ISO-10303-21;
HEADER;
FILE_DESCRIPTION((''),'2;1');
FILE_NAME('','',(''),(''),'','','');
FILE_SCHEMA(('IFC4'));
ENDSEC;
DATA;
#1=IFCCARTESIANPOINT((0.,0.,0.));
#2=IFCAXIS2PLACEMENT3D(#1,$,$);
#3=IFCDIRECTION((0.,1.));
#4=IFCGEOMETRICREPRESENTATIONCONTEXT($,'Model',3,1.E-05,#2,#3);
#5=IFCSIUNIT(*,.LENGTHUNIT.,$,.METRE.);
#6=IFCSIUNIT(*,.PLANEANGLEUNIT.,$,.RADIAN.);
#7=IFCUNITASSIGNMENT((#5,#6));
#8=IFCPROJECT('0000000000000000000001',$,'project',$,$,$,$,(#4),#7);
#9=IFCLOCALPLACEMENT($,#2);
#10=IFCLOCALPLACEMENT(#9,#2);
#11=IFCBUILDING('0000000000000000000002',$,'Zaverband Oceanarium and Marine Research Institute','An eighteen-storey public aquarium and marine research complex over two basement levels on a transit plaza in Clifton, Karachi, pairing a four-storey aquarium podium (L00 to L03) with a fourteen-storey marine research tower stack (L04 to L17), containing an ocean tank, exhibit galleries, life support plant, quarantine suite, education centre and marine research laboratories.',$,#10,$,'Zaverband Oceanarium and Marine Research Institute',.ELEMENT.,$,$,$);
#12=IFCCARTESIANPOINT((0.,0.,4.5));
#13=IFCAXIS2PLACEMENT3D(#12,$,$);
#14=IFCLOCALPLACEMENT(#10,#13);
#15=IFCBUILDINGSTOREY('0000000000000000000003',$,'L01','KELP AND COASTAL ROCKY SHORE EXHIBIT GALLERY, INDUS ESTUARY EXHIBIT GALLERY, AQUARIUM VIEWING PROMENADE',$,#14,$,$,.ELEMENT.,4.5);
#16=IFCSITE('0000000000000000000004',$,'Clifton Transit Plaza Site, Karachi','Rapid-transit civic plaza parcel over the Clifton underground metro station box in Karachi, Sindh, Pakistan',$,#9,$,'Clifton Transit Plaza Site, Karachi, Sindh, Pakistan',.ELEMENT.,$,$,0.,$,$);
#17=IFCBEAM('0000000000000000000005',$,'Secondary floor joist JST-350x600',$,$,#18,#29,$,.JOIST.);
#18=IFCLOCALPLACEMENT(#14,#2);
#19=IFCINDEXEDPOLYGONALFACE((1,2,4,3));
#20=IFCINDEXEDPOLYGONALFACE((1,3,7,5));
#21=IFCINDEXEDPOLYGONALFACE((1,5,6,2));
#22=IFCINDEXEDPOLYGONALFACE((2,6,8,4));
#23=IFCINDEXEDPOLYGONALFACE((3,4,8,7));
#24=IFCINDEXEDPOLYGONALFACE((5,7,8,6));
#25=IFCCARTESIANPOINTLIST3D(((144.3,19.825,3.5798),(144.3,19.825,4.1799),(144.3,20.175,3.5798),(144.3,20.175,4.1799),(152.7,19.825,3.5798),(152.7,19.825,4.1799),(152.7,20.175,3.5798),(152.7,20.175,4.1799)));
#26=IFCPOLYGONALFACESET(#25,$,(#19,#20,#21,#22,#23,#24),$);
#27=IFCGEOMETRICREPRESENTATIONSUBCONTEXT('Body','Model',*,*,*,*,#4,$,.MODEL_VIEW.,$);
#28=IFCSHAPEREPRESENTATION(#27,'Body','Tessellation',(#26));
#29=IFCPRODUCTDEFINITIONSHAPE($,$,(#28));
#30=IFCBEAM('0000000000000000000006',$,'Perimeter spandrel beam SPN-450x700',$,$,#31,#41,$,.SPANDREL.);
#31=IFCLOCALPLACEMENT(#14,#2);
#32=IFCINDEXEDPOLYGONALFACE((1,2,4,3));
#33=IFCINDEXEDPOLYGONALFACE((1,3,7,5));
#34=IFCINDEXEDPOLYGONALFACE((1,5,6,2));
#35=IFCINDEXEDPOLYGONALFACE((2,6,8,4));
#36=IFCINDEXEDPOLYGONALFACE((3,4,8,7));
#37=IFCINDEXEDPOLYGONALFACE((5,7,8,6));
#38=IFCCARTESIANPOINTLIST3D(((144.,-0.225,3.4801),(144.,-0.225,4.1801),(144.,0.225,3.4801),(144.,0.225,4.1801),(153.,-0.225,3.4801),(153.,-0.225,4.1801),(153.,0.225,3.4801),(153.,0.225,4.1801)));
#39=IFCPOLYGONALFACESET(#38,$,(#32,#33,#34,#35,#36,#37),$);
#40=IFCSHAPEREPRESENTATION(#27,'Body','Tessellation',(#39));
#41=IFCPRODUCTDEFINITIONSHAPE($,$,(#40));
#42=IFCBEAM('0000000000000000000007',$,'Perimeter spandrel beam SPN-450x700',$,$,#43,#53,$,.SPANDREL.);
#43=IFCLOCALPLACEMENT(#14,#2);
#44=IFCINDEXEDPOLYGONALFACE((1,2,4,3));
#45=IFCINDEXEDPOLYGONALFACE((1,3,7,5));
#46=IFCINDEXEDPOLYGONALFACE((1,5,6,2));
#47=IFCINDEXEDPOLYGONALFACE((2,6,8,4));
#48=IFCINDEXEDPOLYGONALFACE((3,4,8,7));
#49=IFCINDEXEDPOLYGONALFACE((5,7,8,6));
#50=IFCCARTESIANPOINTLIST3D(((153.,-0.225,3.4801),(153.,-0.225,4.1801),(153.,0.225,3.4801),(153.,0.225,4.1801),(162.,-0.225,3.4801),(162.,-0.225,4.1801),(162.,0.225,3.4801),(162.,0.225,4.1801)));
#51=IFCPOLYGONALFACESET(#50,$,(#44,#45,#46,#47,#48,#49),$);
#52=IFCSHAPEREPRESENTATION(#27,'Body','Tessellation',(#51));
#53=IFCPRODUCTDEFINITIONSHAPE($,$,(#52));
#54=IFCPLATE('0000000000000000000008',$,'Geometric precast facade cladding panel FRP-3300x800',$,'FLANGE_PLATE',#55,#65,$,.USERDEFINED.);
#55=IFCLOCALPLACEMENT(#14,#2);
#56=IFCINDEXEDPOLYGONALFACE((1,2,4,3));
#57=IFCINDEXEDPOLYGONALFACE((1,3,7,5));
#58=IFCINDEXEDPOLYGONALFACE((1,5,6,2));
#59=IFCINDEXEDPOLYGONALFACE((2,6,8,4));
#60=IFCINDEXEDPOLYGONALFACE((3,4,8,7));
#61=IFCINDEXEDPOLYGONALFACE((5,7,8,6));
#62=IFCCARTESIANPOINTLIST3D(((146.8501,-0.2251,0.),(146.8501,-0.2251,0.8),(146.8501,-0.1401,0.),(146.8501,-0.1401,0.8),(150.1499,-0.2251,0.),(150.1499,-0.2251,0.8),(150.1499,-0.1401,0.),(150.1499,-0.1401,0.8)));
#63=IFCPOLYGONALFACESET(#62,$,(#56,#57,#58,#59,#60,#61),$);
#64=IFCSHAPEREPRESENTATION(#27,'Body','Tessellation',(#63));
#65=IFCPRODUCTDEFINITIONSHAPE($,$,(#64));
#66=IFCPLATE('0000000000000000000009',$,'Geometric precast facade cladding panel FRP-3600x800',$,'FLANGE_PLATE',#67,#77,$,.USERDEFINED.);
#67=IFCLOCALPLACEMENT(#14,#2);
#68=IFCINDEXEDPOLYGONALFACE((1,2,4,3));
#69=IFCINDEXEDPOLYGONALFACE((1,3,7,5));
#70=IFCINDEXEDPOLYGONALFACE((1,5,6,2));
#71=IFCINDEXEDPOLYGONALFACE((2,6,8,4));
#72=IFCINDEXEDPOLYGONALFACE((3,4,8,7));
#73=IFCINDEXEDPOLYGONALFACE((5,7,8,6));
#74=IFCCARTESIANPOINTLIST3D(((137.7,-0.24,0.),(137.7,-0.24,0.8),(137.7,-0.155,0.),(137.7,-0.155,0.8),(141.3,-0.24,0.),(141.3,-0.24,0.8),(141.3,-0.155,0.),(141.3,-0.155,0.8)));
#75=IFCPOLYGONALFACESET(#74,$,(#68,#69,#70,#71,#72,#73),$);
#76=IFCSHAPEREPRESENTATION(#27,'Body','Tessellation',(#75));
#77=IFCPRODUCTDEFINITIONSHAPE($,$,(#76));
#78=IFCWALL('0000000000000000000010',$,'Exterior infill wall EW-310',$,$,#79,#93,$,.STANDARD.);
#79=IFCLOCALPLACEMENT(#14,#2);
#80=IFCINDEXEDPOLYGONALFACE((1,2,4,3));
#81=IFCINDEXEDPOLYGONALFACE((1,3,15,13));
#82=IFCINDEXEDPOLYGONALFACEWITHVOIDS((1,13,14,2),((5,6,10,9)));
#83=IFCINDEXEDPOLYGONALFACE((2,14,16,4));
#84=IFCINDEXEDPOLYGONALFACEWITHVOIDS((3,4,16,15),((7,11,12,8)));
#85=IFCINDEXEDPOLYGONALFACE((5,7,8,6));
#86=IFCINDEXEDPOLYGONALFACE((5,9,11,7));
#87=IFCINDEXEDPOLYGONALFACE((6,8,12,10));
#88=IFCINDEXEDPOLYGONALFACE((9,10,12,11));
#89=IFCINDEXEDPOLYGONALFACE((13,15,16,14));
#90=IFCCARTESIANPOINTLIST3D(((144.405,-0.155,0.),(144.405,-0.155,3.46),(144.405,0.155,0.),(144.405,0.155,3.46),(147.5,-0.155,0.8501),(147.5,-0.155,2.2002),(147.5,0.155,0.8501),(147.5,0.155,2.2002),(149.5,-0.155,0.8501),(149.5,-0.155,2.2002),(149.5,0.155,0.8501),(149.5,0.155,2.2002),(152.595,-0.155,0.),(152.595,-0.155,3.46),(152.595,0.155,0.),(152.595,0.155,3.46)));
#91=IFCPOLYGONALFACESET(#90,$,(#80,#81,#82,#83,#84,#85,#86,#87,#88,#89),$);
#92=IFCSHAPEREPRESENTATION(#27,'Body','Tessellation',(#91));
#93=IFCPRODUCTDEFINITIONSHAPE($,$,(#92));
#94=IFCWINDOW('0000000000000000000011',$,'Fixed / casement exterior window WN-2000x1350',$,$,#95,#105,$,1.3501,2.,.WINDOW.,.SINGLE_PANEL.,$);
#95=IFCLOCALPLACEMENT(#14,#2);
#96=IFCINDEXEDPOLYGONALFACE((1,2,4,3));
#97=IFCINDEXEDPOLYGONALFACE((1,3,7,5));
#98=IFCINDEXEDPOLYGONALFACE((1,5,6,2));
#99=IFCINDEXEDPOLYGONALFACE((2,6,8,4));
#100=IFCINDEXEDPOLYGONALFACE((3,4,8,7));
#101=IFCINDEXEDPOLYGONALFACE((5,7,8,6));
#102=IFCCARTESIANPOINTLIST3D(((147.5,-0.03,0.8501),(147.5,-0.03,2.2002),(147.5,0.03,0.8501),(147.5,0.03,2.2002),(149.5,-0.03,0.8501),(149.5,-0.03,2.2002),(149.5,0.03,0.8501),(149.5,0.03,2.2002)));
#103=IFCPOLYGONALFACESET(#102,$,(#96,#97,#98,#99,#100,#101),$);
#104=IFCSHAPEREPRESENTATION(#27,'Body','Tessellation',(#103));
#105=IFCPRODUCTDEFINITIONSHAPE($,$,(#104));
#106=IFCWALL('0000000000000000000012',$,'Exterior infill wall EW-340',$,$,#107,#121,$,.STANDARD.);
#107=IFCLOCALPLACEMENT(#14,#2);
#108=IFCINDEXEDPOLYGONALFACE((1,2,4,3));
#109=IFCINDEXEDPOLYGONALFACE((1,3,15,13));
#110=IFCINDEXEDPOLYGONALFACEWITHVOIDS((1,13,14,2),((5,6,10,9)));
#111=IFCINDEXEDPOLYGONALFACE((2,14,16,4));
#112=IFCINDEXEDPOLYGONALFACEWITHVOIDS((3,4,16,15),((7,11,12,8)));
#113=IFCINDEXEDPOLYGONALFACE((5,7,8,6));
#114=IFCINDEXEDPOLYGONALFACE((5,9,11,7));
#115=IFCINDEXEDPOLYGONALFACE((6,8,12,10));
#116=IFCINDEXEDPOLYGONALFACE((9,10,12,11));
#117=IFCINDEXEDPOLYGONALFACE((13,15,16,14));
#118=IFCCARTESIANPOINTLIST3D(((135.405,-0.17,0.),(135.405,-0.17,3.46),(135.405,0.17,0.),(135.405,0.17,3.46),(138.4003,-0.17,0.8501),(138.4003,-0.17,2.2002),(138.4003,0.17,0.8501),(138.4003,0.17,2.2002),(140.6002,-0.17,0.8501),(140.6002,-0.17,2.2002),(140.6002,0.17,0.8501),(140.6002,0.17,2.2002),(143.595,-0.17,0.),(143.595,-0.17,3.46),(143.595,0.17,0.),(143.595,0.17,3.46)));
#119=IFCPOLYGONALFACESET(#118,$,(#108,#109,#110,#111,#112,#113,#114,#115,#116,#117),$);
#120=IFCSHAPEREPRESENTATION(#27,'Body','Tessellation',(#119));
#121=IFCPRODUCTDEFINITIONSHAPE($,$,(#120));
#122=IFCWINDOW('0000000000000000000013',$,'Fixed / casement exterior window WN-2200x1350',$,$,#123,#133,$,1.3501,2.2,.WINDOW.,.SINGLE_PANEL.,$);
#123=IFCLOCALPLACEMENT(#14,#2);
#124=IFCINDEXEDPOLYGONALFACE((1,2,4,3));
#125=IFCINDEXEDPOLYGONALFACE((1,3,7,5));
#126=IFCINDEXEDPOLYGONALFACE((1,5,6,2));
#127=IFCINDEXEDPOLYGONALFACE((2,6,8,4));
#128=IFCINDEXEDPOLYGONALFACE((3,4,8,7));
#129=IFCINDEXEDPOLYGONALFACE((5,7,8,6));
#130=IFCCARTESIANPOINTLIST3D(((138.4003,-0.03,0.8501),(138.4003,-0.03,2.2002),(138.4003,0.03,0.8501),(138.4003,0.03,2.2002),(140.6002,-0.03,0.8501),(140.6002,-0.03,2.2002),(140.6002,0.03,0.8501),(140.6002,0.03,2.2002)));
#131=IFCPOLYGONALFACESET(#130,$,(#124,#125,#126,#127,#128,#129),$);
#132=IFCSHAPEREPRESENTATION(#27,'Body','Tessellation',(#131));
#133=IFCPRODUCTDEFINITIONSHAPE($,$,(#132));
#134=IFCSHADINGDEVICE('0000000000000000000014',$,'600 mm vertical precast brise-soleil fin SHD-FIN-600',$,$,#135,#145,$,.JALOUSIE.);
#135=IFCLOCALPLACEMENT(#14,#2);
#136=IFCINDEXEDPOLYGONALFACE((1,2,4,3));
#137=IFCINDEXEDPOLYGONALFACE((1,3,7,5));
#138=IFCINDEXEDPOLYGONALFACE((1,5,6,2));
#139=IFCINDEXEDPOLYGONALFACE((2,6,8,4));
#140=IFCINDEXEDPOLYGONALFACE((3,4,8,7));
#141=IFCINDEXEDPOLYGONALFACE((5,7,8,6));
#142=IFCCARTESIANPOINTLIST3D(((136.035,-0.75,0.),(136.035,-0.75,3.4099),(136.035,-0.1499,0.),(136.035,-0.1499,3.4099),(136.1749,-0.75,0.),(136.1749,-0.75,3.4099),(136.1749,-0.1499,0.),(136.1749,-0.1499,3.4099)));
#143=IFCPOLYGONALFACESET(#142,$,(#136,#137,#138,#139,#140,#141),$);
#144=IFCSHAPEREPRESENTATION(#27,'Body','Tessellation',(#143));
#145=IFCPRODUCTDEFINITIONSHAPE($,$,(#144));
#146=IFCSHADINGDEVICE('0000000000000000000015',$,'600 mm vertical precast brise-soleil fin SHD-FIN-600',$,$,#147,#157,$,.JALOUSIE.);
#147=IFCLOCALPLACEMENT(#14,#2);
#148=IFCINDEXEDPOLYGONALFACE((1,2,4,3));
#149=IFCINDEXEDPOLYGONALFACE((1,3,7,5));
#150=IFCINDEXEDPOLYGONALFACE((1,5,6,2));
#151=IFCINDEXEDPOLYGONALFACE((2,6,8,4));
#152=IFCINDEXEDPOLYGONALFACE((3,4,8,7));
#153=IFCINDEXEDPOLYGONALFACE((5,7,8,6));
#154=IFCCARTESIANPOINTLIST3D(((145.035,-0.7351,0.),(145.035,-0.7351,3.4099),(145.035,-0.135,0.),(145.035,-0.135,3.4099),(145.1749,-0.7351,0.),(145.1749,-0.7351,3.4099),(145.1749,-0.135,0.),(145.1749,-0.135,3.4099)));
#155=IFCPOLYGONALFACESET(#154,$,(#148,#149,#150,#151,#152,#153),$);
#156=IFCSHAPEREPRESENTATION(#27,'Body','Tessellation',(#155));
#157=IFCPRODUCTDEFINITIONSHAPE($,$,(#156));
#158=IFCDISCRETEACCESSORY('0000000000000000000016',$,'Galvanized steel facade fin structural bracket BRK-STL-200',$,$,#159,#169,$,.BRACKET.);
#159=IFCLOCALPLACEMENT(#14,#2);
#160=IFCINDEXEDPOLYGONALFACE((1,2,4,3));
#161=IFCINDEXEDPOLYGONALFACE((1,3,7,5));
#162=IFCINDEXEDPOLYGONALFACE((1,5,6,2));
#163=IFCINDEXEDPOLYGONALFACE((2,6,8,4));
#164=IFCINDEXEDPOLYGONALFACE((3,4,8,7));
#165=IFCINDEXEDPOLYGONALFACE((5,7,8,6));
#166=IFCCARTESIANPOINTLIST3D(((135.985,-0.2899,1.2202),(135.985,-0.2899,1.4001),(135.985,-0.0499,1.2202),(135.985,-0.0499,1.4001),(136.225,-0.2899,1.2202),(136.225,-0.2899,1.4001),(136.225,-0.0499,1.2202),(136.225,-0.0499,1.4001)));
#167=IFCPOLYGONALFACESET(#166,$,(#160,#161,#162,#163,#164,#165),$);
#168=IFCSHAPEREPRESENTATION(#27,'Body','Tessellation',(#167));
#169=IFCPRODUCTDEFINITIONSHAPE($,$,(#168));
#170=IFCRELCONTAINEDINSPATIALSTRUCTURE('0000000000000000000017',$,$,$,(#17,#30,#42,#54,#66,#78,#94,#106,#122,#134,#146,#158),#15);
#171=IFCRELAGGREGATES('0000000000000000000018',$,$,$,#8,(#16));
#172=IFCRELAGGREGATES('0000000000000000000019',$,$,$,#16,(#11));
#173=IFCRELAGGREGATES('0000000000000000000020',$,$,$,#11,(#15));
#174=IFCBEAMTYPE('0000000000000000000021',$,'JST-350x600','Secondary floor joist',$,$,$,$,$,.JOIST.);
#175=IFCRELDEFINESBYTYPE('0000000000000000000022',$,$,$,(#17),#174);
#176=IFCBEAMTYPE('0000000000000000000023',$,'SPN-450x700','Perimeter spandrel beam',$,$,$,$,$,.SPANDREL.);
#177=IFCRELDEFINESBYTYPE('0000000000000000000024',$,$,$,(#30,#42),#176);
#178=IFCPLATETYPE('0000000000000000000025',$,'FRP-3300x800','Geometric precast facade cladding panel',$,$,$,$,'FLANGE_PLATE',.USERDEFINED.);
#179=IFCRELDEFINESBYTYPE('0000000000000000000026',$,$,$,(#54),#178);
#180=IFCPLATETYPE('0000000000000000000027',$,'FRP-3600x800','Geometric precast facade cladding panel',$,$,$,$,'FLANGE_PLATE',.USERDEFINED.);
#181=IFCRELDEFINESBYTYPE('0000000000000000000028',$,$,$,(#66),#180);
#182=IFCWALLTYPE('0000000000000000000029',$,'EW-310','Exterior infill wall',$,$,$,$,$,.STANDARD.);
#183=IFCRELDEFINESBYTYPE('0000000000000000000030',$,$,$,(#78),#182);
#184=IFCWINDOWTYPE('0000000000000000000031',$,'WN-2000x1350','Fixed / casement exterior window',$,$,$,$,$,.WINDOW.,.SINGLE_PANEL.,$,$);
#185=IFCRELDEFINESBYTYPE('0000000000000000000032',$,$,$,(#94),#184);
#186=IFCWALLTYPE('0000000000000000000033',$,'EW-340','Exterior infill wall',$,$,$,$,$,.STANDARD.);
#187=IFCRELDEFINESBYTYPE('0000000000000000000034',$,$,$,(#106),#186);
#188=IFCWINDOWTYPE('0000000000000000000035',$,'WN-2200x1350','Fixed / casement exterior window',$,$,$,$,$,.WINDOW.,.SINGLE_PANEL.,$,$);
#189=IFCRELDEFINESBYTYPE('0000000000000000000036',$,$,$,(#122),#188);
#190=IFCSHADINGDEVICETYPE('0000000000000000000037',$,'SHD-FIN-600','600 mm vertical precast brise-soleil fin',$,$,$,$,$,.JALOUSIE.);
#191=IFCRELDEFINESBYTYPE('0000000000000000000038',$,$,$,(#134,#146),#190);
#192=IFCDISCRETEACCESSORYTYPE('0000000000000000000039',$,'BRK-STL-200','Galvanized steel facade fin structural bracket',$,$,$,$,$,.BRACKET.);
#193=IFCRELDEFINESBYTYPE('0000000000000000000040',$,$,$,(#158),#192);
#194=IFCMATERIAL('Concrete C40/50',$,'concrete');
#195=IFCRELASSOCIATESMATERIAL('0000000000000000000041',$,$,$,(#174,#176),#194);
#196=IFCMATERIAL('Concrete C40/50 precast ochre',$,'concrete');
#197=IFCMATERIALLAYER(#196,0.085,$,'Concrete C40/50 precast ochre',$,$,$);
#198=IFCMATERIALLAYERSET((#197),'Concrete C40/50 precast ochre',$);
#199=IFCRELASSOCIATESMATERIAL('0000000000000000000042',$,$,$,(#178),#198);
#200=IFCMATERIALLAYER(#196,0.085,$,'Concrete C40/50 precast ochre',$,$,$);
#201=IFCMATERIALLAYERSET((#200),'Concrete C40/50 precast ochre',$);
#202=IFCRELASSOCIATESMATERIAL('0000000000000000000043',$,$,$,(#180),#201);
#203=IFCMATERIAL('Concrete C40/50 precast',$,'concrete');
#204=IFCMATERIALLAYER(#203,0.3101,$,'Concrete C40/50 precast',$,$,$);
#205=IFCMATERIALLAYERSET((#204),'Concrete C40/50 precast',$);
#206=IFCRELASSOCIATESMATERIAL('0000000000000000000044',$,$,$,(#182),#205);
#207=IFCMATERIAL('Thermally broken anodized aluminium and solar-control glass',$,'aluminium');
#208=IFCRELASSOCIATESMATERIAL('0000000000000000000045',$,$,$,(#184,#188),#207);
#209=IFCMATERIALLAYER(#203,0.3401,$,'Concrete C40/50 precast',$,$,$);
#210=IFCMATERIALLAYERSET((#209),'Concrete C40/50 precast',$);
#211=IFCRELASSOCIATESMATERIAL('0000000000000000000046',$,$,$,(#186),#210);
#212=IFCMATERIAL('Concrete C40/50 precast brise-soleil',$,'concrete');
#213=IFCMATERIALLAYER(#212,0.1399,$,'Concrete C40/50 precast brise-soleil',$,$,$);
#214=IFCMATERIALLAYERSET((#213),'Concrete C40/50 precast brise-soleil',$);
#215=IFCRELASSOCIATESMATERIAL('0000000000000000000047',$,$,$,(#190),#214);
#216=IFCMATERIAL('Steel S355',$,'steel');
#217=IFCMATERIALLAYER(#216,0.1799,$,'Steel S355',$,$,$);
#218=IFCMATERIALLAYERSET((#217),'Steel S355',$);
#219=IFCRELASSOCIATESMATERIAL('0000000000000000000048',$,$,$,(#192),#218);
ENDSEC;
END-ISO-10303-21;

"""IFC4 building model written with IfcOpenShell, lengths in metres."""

from ifc_helpers import new_model, si_unit, direction, frame, frame_2d, origin, origin_2d, place, context, subcontext, project, spatial, rectangle, extrude, material, layer, layer_set, material_profile, profile_set, type_object, element, fill, save


model = new_model("IFC4")

# Units and contexts
model_context = context("Model", 3, precision=1e-05, world=origin(), true_north=direction((0.0, 1.0)))
body_context = subcontext(model_context, "Body", "Model", "MODEL_VIEW")
ifc_project = project(units=[si_unit("LENGTHUNIT", "METRE"), si_unit("PLANEANGLEUNIT", "RADIAN")], contexts=[model_context])

# Site, building, storey
site_placement = place(None, origin())
site = spatial("IfcSite", under=ifc_project, at=site_placement, Name="Clifton Transit Plaza Site, Karachi", Description="Rapid-transit civic plaza parcel over the Clifton underground metro station box in Karachi, Sindh, Pakistan", LongName="Clifton Transit Plaza Site, Karachi, Sindh, Pakistan", CompositionType="ELEMENT", RefElevation=0.0)
building_placement = place(site_placement, origin())
building = spatial("IfcBuilding", under=site, at=building_placement, Name="Zaverband Oceanarium and Marine Research Institute", Description="An eighteen-storey public aquarium and marine research complex over two basement levels on a transit plaza in Clifton, Karachi, pairing a four-storey aquarium podium (L00 to L03) with a fourteen-storey marine research tower stack (L04 to L17), containing an ocean tank, exhibit galleries, life support plant, quarantine suite, education centre and marine research laboratories.", LongName="Zaverband Oceanarium and Marine Research Institute", CompositionType="ELEMENT")
storey_placement = place(building_placement, frame((0.0, 0.0, 4.5)))
storey = spatial("IfcBuildingStorey", under=building, at=storey_placement, Name="L01", Description="KELP AND COASTAL ROCKY SHORE EXHIBIT GALLERY, INDUS ESTUARY EXHIBIT GALLERY, AQUARIUM VIEWING PROMENADE", CompositionType="ELEMENT", Elevation=4.5)

# Beams
ifc_material_1 = material(Name="Concrete C40/50", Category="concrete")
ifc_material_profile_1 = material_profile(ifc_material_1, rectangle(XDim=0.3501, YDim=0.6001, at=origin_2d()), Name="RC350x600")
ifc_profile_set_1 = profile_set([ifc_material_profile_1], Name="Concrete C40/50")
beam_type_1 = type_object("IfcBeamType", Name="JST-350x600", Description="Secondary floor joist", PredefinedType="JOIST", material=ifc_profile_set_1)
for number, where, z_axis, x_axis, name in (
    (1, (144.3, 20.0, 3.8799), (1.0, 0.0, 0.0), (0.0, 1.0, 0.0), "Secondary floor joist JST-350x600"),
):
    element("IfcBeam", number, at=place(storey_placement, frame(where, z_axis=z_axis, x_axis=x_axis)), inside=storey, type_object=beam_type_1, Name=name, PredefinedType="JOIST", context=body_context, shape_type="SweptSolid", body=[
        extrude(rectangle(XDim=0.3501, YDim=0.6001, at=origin_2d()), origin(), (0.0, 0.0, 1.0), 8.3999),
    ])
ifc_material_profile_2 = material_profile(ifc_material_1, rectangle(XDim=0.45, YDim=0.7, at=origin_2d()), Name="RC450x700")
ifc_profile_set_2 = profile_set([ifc_material_profile_2], Name="Concrete C40/50")
beam_type_2 = type_object("IfcBeamType", Name="SPN-450x700", Description="Perimeter spandrel beam", PredefinedType="SPANDREL", material=ifc_profile_set_2)
for number, where, z_axis, x_axis, name in (
    (2, (144.0, 0.0, 3.8301), (1.0, 0.0, 0.0), (0.0, 1.0, 0.0), "Perimeter spandrel beam SPN-450x700"),
    (3, (153.0, 0.0, 3.8301), (1.0, 0.0, 0.0), (0.0, 1.0, 0.0), "Perimeter spandrel beam SPN-450x700"),
):
    element("IfcBeam", number, at=place(storey_placement, frame(where, z_axis=z_axis, x_axis=x_axis)), inside=storey, type_object=beam_type_2, Name=name, PredefinedType="SPANDREL", context=body_context, shape_type="SweptSolid", body=[
        extrude(rectangle(XDim=0.45, YDim=0.7, at=origin_2d()), origin(), (0.0, 0.0, 1.0), 9.0),
    ])

# Plates
ifc_material_2 = material(Name="Concrete C40/50 precast ochre", Category="concrete")
ifc_layer_1 = layer(ifc_material_2, 0.085, Name="Concrete C40/50 precast ochre")
ifc_layer_set_1 = layer_set([ifc_layer_1], Name="Concrete C40/50 precast ochre")
plate_type_1 = type_object("IfcPlateType", Name="FRP-3300x800", Description="Geometric precast facade cladding panel", ElementType="FLANGE_PLATE", PredefinedType="USERDEFINED", material=ifc_layer_set_1)
plate_1_placement = place(storey_placement, frame((146.8501, -0.1826, 0.0), z_axis=(0.0, 0.0, 1.0), x_axis=(1.0, 0.0, 0.0)))
element("IfcPlate", 4, at=plate_1_placement, inside=storey, type_object=plate_type_1, Name="Geometric precast facade cladding panel FRP-3300x800", ObjectType="FLANGE_PLATE", PredefinedType="USERDEFINED", context=body_context, shape_type="SweptSolid", body=[
    extrude(rectangle(XDim=3.2998, YDim=0.085, at=frame_2d((1.6499, 0.0))), origin(), (0.0, 0.0, 1.0), 0.8),
])
ifc_layer_2 = layer(ifc_material_2, 0.085, Name="Concrete C40/50 precast ochre")
ifc_layer_set_2 = layer_set([ifc_layer_2], Name="Concrete C40/50 precast ochre")
plate_type_2 = type_object("IfcPlateType", Name="FRP-3600x800", Description="Geometric precast facade cladding panel", ElementType="FLANGE_PLATE", PredefinedType="USERDEFINED", material=ifc_layer_set_2)
plate_2_placement = place(storey_placement, frame((137.7, -0.1975, 0.0), z_axis=(0.0, 0.0, 1.0), x_axis=(1.0, 0.0, 0.0)))
element("IfcPlate", 5, at=plate_2_placement, inside=storey, type_object=plate_type_2, Name="Geometric precast facade cladding panel FRP-3600x800", ObjectType="FLANGE_PLATE", PredefinedType="USERDEFINED", context=body_context, shape_type="SweptSolid", body=[
    extrude(rectangle(XDim=3.6001, YDim=0.085, at=frame_2d((1.8, 0.0))), origin(), (0.0, 0.0, 1.0), 0.8),
])

# Walls, openings, windows
ifc_material_3 = material(Name="Concrete C40/50 precast", Category="concrete")
ifc_layer_3 = layer(ifc_material_3, 0.3101, Name="Concrete C40/50 precast")
ifc_layer_set_3 = layer_set([ifc_layer_3], Name="Concrete C40/50 precast")
wall_type_1 = type_object("IfcWallType", Name="EW-310", Description="Exterior infill wall", PredefinedType="STANDARD", material=ifc_layer_set_3)
wall_1_placement = place(storey_placement, frame((144.405, 0.0, 0.0), z_axis=(0.0, 0.0, 1.0), x_axis=(1.0, 0.0, 0.0)))
wall_1 = element("IfcWall", 6, at=wall_1_placement, inside=storey, type_object=wall_type_1, Name="Exterior infill wall EW-310", PredefinedType="STANDARD", context=body_context, shape_type="SweptSolid", body=[
    extrude(rectangle(XDim=8.1899, YDim=0.3101, at=frame_2d((4.095, 0.0))), origin(), (0.0, 0.0, 1.0), 3.46),
])
opening_1_placement = place(wall_1_placement, frame((3.095, 0.0, 0.8501)))
opening_1 = element("IfcOpeningElement", 7, at=opening_1_placement, cuts=wall_1, PredefinedType="OPENING", context=body_context, shape_type="SweptSolid", body=[
    extrude(rectangle(XDim=2.0, YDim=1.3501, at=frame_2d((1.0, 0.675))), frame((0.0, 0.167, 0.0), z_axis=(0.0, -1.0, 0.0), x_axis=(1.0, 0.0, 0.0)), (0.0, 0.0, 1.0), 0.334),
])
ifc_material_4 = material(Name="Thermally broken anodized aluminium and solar-control glass", Category="aluminium")
window_type_1 = type_object("IfcWindowType", Name="WN-2000x1350", Description="Fixed / casement exterior window", PartitioningType="SINGLE_PANEL", PredefinedType="WINDOW", material=ifc_material_4)
window_1_placement = place(opening_1_placement, origin())
window_1 = element("IfcWindow", 8, at=window_1_placement, inside=storey, type_object=window_type_1, Name="Fixed / casement exterior window WN-2000x1350", OverallHeight=1.3501, OverallWidth=2.0, PartitioningType="SINGLE_PANEL", PredefinedType="WINDOW", context=body_context, shape_type="SweptSolid", body=[
    extrude(rectangle(XDim=2.0, YDim=1.3501, at=frame_2d((1.0, 0.675))), frame((0.0, 0.03, 0.0), z_axis=(0.0, -1.0, 0.0), x_axis=(1.0, 0.0, 0.0)), (0.0, 0.0, 1.0), 0.0601),
])
fill(opening_1, window_1)
ifc_layer_4 = layer(ifc_material_3, 0.3401, Name="Concrete C40/50 precast")
ifc_layer_set_4 = layer_set([ifc_layer_4], Name="Concrete C40/50 precast")
wall_type_2 = type_object("IfcWallType", Name="EW-340", Description="Exterior infill wall", PredefinedType="STANDARD", material=ifc_layer_set_4)
wall_2_placement = place(storey_placement, frame((135.405, 0.0, 0.0), z_axis=(0.0, 0.0, 1.0), x_axis=(1.0, 0.0, 0.0)))
wall_2 = element("IfcWall", 9, at=wall_2_placement, inside=storey, type_object=wall_type_2, Name="Exterior infill wall EW-340", PredefinedType="STANDARD", context=body_context, shape_type="SweptSolid", body=[
    extrude(rectangle(XDim=8.1899, YDim=0.3401, at=frame_2d((4.095, 0.0))), origin(), (0.0, 0.0, 1.0), 3.46),
])
opening_2_placement = place(wall_2_placement, frame((2.9951, 0.0, 0.8501)))
opening_2 = element("IfcOpeningElement", 10, at=opening_2_placement, cuts=wall_2, PredefinedType="OPENING", context=body_context, shape_type="SweptSolid", body=[
    extrude(rectangle(XDim=2.2, YDim=1.3501, at=frame_2d((1.1001, 0.675))), frame((0.0, 0.1821, 0.0), z_axis=(0.0, -1.0, 0.0), x_axis=(1.0, 0.0, 0.0)), (0.0, 0.0, 1.0), 0.364),
])
window_type_2 = type_object("IfcWindowType", Name="WN-2200x1350", Description="Fixed / casement exterior window", PartitioningType="SINGLE_PANEL", PredefinedType="WINDOW", material=ifc_material_4)
window_2_placement = place(opening_2_placement, origin())
window_2 = element("IfcWindow", 11, at=window_2_placement, inside=storey, type_object=window_type_2, Name="Fixed / casement exterior window WN-2200x1350", OverallHeight=1.3501, OverallWidth=2.2, PartitioningType="SINGLE_PANEL", PredefinedType="WINDOW", context=body_context, shape_type="SweptSolid", body=[
    extrude(rectangle(XDim=2.2, YDim=1.3501, at=frame_2d((1.1001, 0.675))), frame((0.0, 0.03, 0.0), z_axis=(0.0, -1.0, 0.0), x_axis=(1.0, 0.0, 0.0)), (0.0, 0.0, 1.0), 0.0601),
])
fill(opening_2, window_2)

# Shading devices
ifc_material_5 = material(Name="Concrete C40/50 precast brise-soleil", Category="concrete")
ifc_layer_5 = layer(ifc_material_5, 0.1399, Name="Concrete C40/50 precast brise-soleil")
ifc_layer_set_5 = layer_set([ifc_layer_5], Name="Concrete C40/50 precast brise-soleil")
shading_device_type = type_object("IfcShadingDeviceType", Name="SHD-FIN-600", Description="600 mm vertical precast brise-soleil fin", PredefinedType="JALOUSIE", material=ifc_layer_set_5)
for number, where, z_axis, x_axis, name in (
    (12, (136.105, -0.1499, 0.0), (0.0, 0.0, 1.0), (0.0, -1.0, 0.0), "600 mm vertical precast brise-soleil fin SHD-FIN-600"),
    (13, (145.105, -0.135, 0.0), (0.0, 0.0, 1.0), (0.0, -1.0, 0.0), "600 mm vertical precast brise-soleil fin SHD-FIN-600"),
):
    element("IfcShadingDevice", number, at=place(storey_placement, frame(where, z_axis=z_axis, x_axis=x_axis)), inside=storey, type_object=shading_device_type, Name=name, PredefinedType="JALOUSIE", context=body_context, shape_type="SweptSolid", body=[
        extrude(rectangle(XDim=0.6001, YDim=0.1399, at=frame_2d((0.3, 0.0))), origin(), (0.0, 0.0, 1.0), 3.4099),
    ])

# Discrete accessory
ifc_material_6 = material(Name="Steel S355", Category="steel")
ifc_layer_6 = layer(ifc_material_6, 0.1799, Name="Steel S355")
ifc_layer_set_6 = layer_set([ifc_layer_6], Name="Steel S355")
discrete_accessory_type = type_object("IfcDiscreteAccessoryType", Name="BRK-STL-200", Description="Galvanized steel facade fin structural bracket", PredefinedType="BRACKET", material=ifc_layer_set_6)
for number, where, z_axis, x_axis, name in (
    (14, (136.105, -0.1699, 1.2202), (0.0, 0.0, 1.0), (1.0, 0.0, 0.0), "Galvanized steel facade fin structural bracket BRK-STL-200"),
):
    element("IfcDiscreteAccessory", number, at=place(storey_placement, frame(where, z_axis=z_axis, x_axis=x_axis)), inside=storey, type_object=discrete_accessory_type, Name=name, PredefinedType="BRACKET", context=body_context, shape_type="SweptSolid", body=[
        extrude(rectangle(XDim=0.24, YDim=0.24, at=origin_2d()), origin(), (0.0, 0.0, 1.0), 0.1799),
    ])

save(model, "model.ifc")
